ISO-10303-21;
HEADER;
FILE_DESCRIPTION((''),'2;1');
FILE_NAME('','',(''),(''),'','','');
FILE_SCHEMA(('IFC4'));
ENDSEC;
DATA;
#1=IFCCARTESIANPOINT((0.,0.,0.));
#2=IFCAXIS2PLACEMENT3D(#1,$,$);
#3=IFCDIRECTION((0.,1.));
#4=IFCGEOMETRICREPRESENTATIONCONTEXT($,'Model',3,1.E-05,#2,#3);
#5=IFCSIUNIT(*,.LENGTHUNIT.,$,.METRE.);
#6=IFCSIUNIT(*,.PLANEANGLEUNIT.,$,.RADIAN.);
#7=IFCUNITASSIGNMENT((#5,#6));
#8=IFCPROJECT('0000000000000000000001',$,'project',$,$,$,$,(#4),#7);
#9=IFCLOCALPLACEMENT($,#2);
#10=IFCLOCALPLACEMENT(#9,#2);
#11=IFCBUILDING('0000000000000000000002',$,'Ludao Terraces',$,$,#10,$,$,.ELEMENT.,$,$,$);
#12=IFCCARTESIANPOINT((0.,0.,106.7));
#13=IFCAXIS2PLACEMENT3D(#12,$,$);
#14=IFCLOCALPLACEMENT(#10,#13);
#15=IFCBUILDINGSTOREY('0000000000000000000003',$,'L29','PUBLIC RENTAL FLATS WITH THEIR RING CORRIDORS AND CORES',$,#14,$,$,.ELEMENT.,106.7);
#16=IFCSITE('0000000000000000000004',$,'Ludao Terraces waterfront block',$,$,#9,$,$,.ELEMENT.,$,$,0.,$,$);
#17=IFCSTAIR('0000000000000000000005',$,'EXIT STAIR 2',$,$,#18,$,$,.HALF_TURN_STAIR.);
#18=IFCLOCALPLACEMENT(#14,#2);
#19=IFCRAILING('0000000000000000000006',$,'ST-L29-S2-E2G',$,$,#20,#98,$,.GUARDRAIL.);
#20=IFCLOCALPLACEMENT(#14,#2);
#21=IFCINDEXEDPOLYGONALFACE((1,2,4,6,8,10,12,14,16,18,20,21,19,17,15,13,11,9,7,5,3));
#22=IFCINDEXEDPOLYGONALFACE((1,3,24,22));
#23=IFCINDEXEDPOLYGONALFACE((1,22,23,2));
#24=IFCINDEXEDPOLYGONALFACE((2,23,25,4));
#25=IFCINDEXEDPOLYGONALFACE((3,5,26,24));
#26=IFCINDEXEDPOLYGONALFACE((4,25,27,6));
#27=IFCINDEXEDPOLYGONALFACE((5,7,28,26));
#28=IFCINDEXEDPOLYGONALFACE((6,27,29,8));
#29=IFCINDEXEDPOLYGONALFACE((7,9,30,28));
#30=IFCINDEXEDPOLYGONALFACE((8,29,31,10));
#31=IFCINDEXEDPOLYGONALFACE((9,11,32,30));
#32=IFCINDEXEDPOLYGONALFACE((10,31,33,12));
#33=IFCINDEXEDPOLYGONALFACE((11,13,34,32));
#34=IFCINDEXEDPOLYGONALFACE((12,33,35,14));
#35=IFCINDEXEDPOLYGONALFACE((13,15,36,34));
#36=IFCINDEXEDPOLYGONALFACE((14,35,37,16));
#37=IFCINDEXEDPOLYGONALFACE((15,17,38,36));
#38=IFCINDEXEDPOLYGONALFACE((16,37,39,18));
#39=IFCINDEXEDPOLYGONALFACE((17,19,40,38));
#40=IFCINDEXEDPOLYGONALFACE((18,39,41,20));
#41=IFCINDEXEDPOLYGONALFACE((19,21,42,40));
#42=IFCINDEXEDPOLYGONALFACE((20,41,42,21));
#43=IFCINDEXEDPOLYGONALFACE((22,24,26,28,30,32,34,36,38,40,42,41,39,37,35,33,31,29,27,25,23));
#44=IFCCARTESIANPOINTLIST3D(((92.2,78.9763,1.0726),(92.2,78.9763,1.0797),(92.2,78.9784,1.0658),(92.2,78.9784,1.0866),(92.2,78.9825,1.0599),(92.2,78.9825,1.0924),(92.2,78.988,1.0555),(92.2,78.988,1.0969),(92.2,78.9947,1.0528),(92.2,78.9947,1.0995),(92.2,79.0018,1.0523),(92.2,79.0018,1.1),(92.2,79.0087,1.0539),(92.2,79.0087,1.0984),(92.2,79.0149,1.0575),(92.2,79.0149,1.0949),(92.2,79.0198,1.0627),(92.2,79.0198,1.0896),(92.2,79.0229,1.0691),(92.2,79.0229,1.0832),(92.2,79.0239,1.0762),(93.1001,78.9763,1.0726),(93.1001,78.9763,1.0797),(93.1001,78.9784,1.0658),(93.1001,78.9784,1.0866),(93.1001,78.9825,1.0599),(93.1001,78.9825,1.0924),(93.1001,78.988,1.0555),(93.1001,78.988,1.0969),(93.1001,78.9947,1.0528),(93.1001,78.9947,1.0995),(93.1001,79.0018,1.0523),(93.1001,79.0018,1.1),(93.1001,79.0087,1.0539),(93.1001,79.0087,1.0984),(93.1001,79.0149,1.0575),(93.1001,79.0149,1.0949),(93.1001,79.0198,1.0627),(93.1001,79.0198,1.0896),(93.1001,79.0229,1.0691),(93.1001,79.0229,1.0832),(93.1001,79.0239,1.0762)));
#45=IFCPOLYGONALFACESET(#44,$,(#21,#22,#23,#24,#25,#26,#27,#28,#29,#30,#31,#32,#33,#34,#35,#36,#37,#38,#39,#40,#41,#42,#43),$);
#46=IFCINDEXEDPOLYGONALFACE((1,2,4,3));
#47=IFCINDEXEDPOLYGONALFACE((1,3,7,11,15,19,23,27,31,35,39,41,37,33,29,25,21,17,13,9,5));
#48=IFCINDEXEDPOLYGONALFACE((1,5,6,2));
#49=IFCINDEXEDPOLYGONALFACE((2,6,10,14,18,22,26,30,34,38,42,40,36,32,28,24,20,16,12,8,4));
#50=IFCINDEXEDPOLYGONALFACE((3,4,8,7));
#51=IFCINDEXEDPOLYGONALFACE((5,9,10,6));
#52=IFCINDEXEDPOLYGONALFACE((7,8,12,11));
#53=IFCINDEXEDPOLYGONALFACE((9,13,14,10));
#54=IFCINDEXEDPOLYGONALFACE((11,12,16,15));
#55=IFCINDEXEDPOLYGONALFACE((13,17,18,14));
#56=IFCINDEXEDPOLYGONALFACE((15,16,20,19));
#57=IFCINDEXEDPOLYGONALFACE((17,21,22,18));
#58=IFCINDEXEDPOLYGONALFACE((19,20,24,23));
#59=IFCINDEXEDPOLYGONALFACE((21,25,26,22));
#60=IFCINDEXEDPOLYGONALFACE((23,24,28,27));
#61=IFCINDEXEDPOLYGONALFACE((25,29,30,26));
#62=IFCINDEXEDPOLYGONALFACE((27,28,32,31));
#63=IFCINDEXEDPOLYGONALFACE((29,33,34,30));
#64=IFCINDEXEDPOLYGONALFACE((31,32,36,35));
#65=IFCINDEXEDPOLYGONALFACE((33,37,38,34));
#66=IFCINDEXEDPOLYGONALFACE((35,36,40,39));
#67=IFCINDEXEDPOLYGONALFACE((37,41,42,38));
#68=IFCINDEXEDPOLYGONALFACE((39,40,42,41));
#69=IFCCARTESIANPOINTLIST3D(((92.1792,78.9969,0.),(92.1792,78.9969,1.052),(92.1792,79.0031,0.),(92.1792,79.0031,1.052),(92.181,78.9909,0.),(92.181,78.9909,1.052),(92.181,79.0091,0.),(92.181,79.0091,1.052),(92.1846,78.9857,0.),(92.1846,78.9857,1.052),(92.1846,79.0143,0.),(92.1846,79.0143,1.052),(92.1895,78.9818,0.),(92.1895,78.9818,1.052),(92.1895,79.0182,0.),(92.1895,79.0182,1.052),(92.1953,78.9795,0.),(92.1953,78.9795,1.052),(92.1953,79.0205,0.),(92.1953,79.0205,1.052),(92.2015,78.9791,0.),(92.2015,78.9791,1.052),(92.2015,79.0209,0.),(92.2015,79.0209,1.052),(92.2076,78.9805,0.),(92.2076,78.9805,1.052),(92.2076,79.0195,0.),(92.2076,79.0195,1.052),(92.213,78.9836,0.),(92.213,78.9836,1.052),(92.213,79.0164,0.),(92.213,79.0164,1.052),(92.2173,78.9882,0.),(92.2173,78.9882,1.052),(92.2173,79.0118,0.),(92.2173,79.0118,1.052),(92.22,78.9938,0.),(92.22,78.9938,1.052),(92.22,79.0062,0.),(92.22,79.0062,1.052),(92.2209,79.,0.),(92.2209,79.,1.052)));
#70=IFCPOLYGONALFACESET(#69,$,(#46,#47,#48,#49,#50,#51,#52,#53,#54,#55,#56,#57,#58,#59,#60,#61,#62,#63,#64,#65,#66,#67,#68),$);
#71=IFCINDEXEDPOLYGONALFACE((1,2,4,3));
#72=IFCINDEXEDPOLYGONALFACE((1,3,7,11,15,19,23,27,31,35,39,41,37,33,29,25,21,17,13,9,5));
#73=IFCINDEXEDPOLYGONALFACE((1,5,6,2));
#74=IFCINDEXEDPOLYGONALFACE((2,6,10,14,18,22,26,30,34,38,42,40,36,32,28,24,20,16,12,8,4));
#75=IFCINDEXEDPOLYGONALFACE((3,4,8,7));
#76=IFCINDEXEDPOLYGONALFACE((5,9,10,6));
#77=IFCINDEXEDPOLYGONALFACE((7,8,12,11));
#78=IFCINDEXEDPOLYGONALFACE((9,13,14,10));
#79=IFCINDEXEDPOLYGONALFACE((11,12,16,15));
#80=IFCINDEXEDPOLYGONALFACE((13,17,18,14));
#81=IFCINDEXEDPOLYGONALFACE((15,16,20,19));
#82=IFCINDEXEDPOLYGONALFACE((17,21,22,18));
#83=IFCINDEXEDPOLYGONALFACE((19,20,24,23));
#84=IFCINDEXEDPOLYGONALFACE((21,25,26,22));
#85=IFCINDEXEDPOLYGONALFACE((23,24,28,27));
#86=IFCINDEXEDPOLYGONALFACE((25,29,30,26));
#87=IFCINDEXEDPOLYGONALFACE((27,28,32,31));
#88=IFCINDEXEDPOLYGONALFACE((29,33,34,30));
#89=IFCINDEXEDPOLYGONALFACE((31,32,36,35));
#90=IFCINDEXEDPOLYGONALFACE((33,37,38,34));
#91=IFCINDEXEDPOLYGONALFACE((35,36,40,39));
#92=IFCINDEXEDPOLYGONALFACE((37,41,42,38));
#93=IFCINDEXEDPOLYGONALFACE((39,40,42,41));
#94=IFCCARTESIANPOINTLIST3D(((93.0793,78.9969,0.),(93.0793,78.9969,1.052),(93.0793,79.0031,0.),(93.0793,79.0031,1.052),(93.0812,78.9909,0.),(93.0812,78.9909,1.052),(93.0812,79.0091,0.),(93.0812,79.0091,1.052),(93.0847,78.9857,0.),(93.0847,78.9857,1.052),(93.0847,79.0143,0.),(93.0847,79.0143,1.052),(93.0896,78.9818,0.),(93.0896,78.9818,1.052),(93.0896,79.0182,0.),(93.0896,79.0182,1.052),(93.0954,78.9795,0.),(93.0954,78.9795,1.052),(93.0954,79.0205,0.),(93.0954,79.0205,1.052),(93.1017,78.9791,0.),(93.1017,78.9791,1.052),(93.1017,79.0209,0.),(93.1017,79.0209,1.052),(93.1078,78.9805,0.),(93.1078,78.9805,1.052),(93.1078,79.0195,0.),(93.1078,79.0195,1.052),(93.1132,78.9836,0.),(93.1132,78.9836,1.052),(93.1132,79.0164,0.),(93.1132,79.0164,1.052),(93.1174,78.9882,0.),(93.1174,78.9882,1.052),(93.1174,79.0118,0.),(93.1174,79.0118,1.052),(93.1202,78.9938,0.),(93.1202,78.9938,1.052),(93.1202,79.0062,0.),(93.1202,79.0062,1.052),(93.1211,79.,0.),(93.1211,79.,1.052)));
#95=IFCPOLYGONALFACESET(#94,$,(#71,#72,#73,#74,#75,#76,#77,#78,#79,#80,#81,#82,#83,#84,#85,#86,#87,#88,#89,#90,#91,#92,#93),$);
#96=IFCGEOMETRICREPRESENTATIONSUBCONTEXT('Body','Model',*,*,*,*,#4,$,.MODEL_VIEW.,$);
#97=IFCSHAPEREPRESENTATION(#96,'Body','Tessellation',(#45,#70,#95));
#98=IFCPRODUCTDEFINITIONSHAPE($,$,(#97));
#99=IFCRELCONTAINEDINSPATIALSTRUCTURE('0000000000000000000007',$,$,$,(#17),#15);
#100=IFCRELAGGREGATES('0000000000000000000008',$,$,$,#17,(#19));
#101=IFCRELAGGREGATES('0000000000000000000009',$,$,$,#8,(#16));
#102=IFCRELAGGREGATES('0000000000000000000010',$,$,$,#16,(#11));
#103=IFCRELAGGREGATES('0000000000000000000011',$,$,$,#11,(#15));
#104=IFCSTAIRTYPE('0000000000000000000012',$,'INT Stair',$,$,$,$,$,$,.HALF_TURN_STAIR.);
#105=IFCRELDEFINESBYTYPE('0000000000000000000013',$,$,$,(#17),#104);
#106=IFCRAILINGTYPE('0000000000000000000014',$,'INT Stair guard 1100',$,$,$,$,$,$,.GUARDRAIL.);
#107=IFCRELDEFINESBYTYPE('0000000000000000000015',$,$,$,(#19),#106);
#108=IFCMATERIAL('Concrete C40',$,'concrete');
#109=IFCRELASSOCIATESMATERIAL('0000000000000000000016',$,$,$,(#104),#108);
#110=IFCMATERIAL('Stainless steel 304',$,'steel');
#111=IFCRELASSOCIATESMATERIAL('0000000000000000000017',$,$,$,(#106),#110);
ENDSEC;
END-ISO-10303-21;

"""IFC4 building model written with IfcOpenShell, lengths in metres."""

from ifc_helpers import new_model, si_unit, direction, frame, origin, origin_2d, place, context, subcontext, project, spatial, circle, extrude, material, type_object, element, aggregate, save


model = new_model("IFC4")

# Units and contexts
model_context = context("Model", 3, precision=1e-05, world=origin(), true_north=direction((0.0, 1.0)))
body_context = subcontext(model_context, "Body", "Model", "MODEL_VIEW")
ifc_project = project(units=[si_unit("LENGTHUNIT", "METRE"), si_unit("PLANEANGLEUNIT", "RADIAN")], contexts=[model_context])

# Site, building, storey
site_placement = place(None, origin())
site = spatial("IfcSite", under=ifc_project, at=site_placement, Name="Ludao Terraces waterfront block", CompositionType="ELEMENT", RefElevation=0.0)
building_placement = place(site_placement, origin())
building = spatial("IfcBuilding", under=site, at=building_placement, Name="Ludao Terraces", CompositionType="ELEMENT")
storey_placement = place(building_placement, frame((0.0, 0.0, 106.7)))
storey = spatial("IfcBuildingStorey", under=building, at=storey_placement, Name="L29", Description="PUBLIC RENTAL FLATS WITH THEIR RING CORRIDORS AND CORES", CompositionType="ELEMENT", Elevation=106.7)

# Shared definitions
ifc_material_1 = material(Name="Stainless steel 304", Category="steel")

# Stair, railing
ifc_material_2 = material(Name="Concrete C40", Category="concrete")
stair_type = type_object("IfcStairType", Name="INT Stair", PredefinedType="HALF_TURN_STAIR", material=ifc_material_2)
stair_placement = place(storey_placement, origin())
stair = element("IfcStair", 1, at=stair_placement, inside=storey, type_object=stair_type, Name="EXIT STAIR 2", PredefinedType="HALF_TURN_STAIR")
railing_type_1 = type_object("IfcRailingType", Name="INT Stair guard 1100", PredefinedType="GUARDRAIL", material=ifc_material_1)
railing_1_placement = place(storey_placement, frame((92.2, 79.0, 0.0)))
railing_1 = element("IfcRailing", 2, at=railing_1_placement, type_object=railing_type_1, Name="ST-L29-S2-E2G", PredefinedType="GUARDRAIL", context=body_context, shape_type="SweptSolid", body=[
    extrude(circle(Radius=0.0239, at=origin_2d()), frame((0.0, 0.0, 1.0762), z_axis=(1.0, 0.0, 0.0), x_axis=(0.0, 1.0, 0.0)), (0.0, 0.0, 1.0), 0.9001),
    extrude(circle(Radius=0.021, at=origin_2d()), origin(), (0.0, 0.0, 1.0), 1.052),
    extrude(circle(Radius=0.021, at=origin_2d()), frame((0.9001, 0.0, 0.0)), (0.0, 0.0, 1.0), 1.052),
])
aggregate(stair, [railing_1])

save(model, "model.ifc")
